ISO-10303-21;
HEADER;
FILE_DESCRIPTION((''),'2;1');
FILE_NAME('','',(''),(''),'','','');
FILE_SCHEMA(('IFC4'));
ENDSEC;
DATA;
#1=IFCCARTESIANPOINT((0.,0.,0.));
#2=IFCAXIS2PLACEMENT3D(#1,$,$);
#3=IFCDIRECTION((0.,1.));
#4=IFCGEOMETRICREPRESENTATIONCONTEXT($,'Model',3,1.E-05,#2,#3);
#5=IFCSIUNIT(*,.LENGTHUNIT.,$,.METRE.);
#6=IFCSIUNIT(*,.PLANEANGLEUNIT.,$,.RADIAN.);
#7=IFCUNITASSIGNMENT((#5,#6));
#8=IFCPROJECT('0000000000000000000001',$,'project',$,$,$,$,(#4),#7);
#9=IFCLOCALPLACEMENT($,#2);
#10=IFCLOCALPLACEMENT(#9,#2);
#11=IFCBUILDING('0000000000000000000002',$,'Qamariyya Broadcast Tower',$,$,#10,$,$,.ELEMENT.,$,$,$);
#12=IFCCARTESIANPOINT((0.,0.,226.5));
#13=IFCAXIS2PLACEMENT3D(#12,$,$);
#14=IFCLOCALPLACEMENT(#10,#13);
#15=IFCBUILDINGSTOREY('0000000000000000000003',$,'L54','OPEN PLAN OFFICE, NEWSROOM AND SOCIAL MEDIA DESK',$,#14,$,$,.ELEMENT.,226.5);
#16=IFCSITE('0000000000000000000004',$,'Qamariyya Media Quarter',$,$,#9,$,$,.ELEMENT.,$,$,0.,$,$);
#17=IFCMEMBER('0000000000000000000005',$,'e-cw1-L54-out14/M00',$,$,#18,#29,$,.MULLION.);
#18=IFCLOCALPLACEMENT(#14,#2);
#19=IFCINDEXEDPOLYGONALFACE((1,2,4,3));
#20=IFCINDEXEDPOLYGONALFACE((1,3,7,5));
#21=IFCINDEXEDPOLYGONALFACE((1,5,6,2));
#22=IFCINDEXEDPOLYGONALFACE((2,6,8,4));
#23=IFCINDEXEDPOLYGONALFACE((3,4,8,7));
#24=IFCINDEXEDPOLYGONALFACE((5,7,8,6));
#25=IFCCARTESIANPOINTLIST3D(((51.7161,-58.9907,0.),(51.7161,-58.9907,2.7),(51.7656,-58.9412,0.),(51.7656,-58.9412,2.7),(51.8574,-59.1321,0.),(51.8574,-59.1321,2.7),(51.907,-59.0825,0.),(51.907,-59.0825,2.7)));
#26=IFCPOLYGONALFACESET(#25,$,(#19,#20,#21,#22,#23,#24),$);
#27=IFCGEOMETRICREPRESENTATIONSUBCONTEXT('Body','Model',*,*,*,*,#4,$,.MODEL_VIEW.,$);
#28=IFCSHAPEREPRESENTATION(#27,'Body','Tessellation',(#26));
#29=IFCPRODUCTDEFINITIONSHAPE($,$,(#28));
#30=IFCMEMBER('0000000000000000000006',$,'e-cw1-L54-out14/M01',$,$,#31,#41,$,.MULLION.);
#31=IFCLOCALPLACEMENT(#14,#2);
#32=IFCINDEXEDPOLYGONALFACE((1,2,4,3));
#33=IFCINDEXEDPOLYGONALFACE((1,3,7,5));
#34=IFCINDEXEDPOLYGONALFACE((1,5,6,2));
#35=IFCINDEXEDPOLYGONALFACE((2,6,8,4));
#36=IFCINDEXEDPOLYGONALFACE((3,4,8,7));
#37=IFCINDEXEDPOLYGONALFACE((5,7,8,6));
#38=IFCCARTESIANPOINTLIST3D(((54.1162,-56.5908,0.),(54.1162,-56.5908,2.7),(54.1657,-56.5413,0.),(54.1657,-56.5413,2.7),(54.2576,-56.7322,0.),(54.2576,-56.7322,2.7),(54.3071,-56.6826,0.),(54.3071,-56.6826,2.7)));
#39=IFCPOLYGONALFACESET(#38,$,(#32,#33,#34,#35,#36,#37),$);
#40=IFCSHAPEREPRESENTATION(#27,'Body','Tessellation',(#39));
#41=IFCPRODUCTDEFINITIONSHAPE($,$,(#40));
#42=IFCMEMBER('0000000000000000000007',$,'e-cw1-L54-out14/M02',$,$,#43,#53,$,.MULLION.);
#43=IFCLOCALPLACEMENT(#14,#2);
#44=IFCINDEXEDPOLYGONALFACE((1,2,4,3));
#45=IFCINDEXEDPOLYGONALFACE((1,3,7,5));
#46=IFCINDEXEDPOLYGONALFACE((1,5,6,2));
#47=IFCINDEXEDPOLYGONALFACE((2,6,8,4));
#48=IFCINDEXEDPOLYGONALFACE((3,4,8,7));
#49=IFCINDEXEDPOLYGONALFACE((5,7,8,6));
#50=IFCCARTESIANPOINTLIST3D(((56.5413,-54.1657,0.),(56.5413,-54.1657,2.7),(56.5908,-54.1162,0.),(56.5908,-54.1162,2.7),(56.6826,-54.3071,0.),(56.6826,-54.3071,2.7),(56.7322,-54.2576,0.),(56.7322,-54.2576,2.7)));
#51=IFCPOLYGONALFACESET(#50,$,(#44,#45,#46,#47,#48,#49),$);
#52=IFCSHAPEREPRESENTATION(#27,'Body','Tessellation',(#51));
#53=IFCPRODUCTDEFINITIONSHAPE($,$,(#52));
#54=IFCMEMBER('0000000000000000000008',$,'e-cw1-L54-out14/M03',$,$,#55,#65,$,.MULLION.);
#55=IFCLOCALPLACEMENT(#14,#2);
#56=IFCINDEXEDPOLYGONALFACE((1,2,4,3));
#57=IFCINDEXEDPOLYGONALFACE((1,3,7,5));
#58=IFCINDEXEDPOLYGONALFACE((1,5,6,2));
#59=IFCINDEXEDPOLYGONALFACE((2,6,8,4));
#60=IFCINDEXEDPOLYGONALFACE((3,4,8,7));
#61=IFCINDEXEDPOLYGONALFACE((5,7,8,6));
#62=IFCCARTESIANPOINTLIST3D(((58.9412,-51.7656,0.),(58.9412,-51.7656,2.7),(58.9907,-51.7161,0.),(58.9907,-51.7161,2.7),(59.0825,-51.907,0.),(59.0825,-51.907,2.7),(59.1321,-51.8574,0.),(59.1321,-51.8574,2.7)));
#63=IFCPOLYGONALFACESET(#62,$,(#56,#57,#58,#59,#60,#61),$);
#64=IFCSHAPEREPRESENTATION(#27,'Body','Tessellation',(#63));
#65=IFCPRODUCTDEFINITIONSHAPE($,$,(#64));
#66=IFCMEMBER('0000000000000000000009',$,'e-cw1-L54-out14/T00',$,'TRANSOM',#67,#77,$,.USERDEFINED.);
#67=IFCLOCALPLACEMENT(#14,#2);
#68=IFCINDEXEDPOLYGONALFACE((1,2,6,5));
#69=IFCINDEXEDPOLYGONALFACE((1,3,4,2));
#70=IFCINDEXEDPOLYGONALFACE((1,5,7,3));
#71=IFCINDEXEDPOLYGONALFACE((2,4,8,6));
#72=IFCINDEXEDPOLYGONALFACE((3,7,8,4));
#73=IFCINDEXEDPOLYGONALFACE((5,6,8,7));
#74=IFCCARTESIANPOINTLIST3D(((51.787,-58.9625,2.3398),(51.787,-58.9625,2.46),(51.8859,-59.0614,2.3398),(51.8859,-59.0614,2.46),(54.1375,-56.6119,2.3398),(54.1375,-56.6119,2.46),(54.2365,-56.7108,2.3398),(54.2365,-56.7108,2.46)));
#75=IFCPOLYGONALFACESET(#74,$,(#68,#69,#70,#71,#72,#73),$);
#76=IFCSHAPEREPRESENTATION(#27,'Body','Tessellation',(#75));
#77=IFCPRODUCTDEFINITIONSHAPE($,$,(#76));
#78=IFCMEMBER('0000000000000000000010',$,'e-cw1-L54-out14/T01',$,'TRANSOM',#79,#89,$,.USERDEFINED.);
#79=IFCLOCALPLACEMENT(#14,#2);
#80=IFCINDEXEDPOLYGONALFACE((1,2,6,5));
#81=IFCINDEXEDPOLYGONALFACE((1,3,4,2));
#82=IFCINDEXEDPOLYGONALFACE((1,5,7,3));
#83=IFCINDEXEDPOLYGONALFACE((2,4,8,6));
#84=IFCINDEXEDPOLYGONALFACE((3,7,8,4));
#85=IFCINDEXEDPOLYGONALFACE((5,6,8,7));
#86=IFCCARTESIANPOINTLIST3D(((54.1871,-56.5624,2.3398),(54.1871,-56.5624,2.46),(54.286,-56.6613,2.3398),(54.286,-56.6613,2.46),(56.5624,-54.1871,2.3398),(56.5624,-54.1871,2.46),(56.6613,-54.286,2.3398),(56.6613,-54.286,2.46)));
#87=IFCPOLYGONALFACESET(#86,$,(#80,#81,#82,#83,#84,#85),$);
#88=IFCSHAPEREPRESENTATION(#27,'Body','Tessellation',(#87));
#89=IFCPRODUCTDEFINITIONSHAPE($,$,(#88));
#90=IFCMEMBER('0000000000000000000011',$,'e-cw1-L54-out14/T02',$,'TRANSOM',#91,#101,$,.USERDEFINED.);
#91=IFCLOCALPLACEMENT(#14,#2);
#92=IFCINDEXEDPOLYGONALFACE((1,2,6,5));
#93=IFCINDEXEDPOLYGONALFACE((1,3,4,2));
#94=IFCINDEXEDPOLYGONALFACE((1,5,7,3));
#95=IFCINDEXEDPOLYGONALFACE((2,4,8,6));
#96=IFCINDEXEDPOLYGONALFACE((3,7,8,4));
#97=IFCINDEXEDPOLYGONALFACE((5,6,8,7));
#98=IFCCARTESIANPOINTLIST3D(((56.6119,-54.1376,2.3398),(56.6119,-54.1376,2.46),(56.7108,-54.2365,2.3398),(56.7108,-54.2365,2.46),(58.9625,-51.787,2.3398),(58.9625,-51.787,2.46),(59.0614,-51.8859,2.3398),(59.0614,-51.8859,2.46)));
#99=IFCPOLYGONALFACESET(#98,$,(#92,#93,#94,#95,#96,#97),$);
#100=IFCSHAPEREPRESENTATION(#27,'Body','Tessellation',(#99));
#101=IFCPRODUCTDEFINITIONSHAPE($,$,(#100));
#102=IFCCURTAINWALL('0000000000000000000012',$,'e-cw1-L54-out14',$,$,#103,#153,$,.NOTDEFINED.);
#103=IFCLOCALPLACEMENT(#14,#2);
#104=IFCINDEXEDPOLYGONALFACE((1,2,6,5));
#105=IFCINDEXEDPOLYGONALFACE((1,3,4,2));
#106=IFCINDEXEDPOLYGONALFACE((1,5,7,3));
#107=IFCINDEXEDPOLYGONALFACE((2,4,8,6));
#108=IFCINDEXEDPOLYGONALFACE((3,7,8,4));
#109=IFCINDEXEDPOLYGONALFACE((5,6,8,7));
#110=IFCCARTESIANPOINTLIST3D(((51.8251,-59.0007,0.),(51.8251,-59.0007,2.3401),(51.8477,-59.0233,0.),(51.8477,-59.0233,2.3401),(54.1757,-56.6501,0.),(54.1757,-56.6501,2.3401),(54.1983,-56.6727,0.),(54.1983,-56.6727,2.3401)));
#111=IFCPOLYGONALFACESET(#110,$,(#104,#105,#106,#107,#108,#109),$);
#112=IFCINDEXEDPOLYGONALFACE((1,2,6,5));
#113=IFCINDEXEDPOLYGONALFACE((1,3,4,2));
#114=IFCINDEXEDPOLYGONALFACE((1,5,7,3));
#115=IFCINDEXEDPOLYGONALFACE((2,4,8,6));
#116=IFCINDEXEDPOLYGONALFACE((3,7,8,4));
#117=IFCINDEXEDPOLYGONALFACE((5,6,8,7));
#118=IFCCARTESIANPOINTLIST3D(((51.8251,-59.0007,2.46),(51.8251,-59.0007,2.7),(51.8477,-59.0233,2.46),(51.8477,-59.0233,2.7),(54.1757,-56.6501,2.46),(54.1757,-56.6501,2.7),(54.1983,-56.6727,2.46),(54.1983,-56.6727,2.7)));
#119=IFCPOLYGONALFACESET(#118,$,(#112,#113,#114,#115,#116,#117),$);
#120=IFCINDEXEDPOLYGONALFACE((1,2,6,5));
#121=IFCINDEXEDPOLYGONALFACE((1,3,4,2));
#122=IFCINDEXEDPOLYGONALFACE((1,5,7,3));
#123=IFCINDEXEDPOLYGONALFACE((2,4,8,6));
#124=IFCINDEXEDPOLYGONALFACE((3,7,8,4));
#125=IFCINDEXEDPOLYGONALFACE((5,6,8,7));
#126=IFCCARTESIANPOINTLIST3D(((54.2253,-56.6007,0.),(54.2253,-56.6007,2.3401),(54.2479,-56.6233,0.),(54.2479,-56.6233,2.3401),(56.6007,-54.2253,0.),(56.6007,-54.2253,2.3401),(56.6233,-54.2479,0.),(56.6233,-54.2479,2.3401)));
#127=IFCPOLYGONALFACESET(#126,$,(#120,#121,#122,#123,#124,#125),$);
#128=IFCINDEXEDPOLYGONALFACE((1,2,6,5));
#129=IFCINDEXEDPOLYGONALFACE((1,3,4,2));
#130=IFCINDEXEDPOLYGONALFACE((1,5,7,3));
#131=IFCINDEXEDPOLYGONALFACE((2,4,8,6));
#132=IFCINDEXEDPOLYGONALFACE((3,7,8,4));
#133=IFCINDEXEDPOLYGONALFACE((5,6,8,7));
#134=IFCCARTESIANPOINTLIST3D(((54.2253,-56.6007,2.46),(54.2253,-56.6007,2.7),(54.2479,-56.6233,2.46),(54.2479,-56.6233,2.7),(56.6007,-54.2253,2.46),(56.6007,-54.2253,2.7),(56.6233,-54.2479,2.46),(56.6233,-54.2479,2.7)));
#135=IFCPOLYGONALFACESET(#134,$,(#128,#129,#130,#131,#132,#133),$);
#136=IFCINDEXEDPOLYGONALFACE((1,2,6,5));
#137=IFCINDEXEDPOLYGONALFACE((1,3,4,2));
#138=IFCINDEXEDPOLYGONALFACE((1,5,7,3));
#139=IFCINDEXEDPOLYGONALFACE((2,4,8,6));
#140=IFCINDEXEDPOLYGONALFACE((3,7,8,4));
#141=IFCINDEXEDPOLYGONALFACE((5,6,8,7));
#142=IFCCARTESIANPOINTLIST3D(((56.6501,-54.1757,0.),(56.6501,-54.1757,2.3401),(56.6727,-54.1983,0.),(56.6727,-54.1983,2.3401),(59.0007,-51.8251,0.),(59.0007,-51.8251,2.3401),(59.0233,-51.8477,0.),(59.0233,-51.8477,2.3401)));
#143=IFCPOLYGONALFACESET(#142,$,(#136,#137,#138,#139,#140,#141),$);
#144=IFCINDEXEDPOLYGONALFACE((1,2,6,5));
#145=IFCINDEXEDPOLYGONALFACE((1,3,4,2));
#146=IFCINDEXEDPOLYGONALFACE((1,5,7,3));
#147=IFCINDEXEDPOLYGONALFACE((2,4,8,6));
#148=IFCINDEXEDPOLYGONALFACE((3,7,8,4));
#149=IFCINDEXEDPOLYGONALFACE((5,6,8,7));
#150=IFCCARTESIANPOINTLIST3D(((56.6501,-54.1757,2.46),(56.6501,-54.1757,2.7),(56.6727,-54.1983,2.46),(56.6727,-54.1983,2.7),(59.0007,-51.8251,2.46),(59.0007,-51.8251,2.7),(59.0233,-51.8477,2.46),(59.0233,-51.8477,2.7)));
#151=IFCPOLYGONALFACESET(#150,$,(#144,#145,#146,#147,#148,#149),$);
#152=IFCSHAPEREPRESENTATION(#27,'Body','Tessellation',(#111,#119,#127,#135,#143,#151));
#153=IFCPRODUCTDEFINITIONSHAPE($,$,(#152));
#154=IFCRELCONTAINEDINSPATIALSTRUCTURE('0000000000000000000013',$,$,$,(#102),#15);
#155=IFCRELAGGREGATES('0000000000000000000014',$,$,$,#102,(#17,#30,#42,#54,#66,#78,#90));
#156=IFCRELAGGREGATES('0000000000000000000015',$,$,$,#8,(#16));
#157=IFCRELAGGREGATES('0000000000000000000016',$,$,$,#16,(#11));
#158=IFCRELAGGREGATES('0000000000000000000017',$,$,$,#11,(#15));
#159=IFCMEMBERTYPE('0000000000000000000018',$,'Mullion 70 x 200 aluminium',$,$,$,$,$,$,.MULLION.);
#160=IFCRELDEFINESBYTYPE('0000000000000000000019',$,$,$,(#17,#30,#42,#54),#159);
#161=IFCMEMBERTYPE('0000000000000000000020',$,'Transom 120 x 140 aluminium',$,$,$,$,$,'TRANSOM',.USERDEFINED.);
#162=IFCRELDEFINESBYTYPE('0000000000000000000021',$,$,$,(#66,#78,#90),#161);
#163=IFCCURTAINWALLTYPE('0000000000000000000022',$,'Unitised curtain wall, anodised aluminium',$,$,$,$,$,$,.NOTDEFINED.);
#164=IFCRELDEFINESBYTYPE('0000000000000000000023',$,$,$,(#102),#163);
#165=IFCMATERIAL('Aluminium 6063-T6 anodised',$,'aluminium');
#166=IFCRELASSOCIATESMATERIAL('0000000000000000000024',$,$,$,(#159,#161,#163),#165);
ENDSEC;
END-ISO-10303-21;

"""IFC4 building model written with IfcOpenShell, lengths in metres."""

from ifc_helpers import new_model, si_unit, direction, frame, origin, origin_2d, place, context, subcontext, project, spatial, rectangle, extrude, material, material_profile, profile_set, type_object, element, aggregate, save


model = new_model("IFC4")

# Units and contexts
model_context = context("Model", 3, precision=1e-05, world=origin(), true_north=direction((0.0, 1.0)))
body_context = subcontext(model_context, "Body", "Model", "MODEL_VIEW")
ifc_project = project(units=[si_unit("LENGTHUNIT", "METRE"), si_unit("PLANEANGLEUNIT", "RADIAN")], contexts=[model_context])

# Members
ifc_material = material(Name="Aluminium 6063-T6 anodised", Category="aluminium")
ifc_material_profile_1 = material_profile(ifc_material, rectangle(XDim=0.2, YDim=0.0701, at=origin_2d()))
ifc_profile_set_1 = profile_set([ifc_material_profile_1], Name="Aluminium 6063-T6 anodised")
member_type_1 = type_object("IfcMemberType", Name="Mullion 70 x 200 aluminium", PredefinedType="MULLION", material=ifc_profile_set_1)
site_placement = place(None, origin())
building_placement = place(site_placement, origin())
storey_placement = place(building_placement, frame((0.0, 0.0, 226.5)))
member_1_placement = place(storey_placement, frame((51.8115, -59.0366, 0.0), z_axis=(0.0, 0.0, 1.0), x_axis=(-0.707107, 0.707107, 0.0)))
member_1 = element("IfcMember", 1, at=member_1_placement, type_object=member_type_1, Name="e-cw1-L54-out14/M00", PredefinedType="MULLION", context=body_context, shape_type="SweptSolid", body=[
    extrude(rectangle(XDim=0.2, YDim=0.0701, at=origin_2d()), origin(), (0.0, 0.0, 1.0), 2.7),
])
member_2_placement = place(storey_placement, frame((54.2117, -56.6367, 0.0), z_axis=(0.0, 0.0, 1.0), x_axis=(-0.707107, 0.707107, 0.0)))
member_2 = element("IfcMember", 2, at=member_2_placement, type_object=member_type_1, Name="e-cw1-L54-out14/M01", PredefinedType="MULLION", context=body_context, shape_type="SweptSolid", body=[
    extrude(rectangle(XDim=0.2, YDim=0.0701, at=origin_2d()), origin(), (0.0, 0.0, 1.0), 2.7),
])
member_3_placement = place(storey_placement, frame((56.6367, -54.2117, 0.0), z_axis=(0.0, 0.0, 1.0), x_axis=(-0.707107, 0.707107, 0.0)))
member_3 = element("IfcMember", 3, at=member_3_placement, type_object=member_type_1, Name="e-cw1-L54-out14/M02", PredefinedType="MULLION", context=body_context, shape_type="SweptSolid", body=[
    extrude(rectangle(XDim=0.2, YDim=0.0701, at=origin_2d()), origin(), (0.0, 0.0, 1.0), 2.7),
])
member_4_placement = place(storey_placement, frame((59.0366, -51.8115, 0.0), z_axis=(0.0, 0.0, 1.0), x_axis=(-0.707107, 0.707107, 0.0)))
member_4 = element("IfcMember", 4, at=member_4_placement, type_object=member_type_1, Name="e-cw1-L54-out14/M03", PredefinedType="MULLION", context=body_context, shape_type="SweptSolid", body=[
    extrude(rectangle(XDim=0.2, YDim=0.0701, at=origin_2d()), origin(), (0.0, 0.0, 1.0), 2.7),
])
ifc_material_profile_2 = material_profile(ifc_material, rectangle(XDim=0.1399, YDim=0.1201, at=origin_2d()))
ifc_profile_set_2 = profile_set([ifc_material_profile_2], Name="Aluminium 6063-T6 anodised")
member_type_2 = type_object("IfcMemberType", Name="Transom 120 x 140 aluminium", ElementType="TRANSOM", PredefinedType="USERDEFINED", material=ifc_profile_set_2)
member_5_placement = place(storey_placement, frame((51.8364, -59.012, 2.3999), z_axis=(0.707107, 0.707107, 0.0), x_axis=(-0.707107, 0.707107, 0.0)))
member_5 = element("IfcMember", 5, at=member_5_placement, type_object=member_type_2, Name="e-cw1-L54-out14/T00", ObjectType="TRANSOM", PredefinedType="USERDEFINED", context=body_context, shape_type="SweptSolid", body=[
    extrude(rectangle(XDim=0.1399, YDim=0.1201, at=origin_2d()), origin(), (0.0, 0.0, 1.0), 3.3242),
])
member_6_placement = place(storey_placement, frame((54.2366, -56.6118, 2.3999), z_axis=(0.707107, 0.707107, 0.0), x_axis=(-0.707107, 0.707107, 0.0)))
member_6 = element("IfcMember", 6, at=member_6_placement, type_object=member_type_2, Name="e-cw1-L54-out14/T01", ObjectType="TRANSOM", PredefinedType="USERDEFINED", context=body_context, shape_type="SweptSolid", body=[
    extrude(rectangle(XDim=0.1399, YDim=0.1201, at=origin_2d()), origin(), (0.0, 0.0, 1.0), 3.3591),
])
member_7_placement = place(storey_placement, frame((56.6614, -54.187, 2.3999), z_axis=(0.707107, 0.707107, 0.0), x_axis=(-0.707107, 0.707107, 0.0)))
member_7 = element("IfcMember", 7, at=member_7_placement, type_object=member_type_2, Name="e-cw1-L54-out14/T02", ObjectType="TRANSOM", PredefinedType="USERDEFINED", context=body_context, shape_type="SweptSolid", body=[
    extrude(rectangle(XDim=0.1399, YDim=0.1201, at=origin_2d()), origin(), (0.0, 0.0, 1.0), 3.3242),
])

# Site, building, storey
site = spatial("IfcSite", under=ifc_project, at=site_placement, Name="Qamariyya Media Quarter", CompositionType="ELEMENT", RefElevation=0.0)
building = spatial("IfcBuilding", under=site, at=building_placement, Name="Qamariyya Broadcast Tower", CompositionType="ELEMENT")
storey = spatial("IfcBuildingStorey", under=building, at=storey_placement, Name="L54", Description="OPEN PLAN OFFICE, NEWSROOM AND SOCIAL MEDIA DESK", CompositionType="ELEMENT", Elevation=226.5)

# Curtain wall
curtain_wall_type = type_object("IfcCurtainWallType", Name="Unitised curtain wall, anodised aluminium", PredefinedType="NOTDEFINED", material=ifc_material)
curtain_wall_1_placement = place(storey_placement, origin())
curtain_wall_1 = element("IfcCurtainWall", 8, at=curtain_wall_1_placement, inside=storey, type_object=curtain_wall_type, Name="e-cw1-L54-out14", PredefinedType="NOTDEFINED", context=body_context, shape_type="SweptSolid", body=[
    extrude(rectangle(XDim=3.3242, YDim=0.032, at=origin_2d()), frame((53.0117, -57.8367, 0.0), x_axis=(0.707107, 0.707107, 0.0)), (0.0, 0.0, 1.0), 2.3401),
    extrude(rectangle(XDim=3.3242, YDim=0.032, at=origin_2d()), frame((53.0117, -57.8367, 2.46), x_axis=(0.707107, 0.707107, 0.0)), (0.0, 0.0, 1.0), 0.24),
    extrude(rectangle(XDim=3.3594, YDim=0.032, at=origin_2d()), frame((55.4243, -55.4243, 0.0), x_axis=(0.707107, 0.707107, 0.0)), (0.0, 0.0, 1.0), 2.3401),
    extrude(rectangle(XDim=3.3594, YDim=0.032, at=origin_2d()), frame((55.4243, -55.4243, 2.46), x_axis=(0.707107, 0.707107, 0.0)), (0.0, 0.0, 1.0), 0.24),
    extrude(rectangle(XDim=3.3242, YDim=0.032, at=origin_2d()), frame((57.8367, -53.0117, 0.0), x_axis=(0.707107, 0.707107, 0.0)), (0.0, 0.0, 1.0), 2.3401),
    extrude(rectangle(XDim=3.3242, YDim=0.032, at=origin_2d()), frame((57.8367, -53.0117, 2.46), x_axis=(0.707107, 0.707107, 0.0)), (0.0, 0.0, 1.0), 0.24),
])
aggregate(curtain_wall_1, [member_1, member_2, member_3, member_4, member_5, member_6, member_7])

save(model, "model.ifc")
